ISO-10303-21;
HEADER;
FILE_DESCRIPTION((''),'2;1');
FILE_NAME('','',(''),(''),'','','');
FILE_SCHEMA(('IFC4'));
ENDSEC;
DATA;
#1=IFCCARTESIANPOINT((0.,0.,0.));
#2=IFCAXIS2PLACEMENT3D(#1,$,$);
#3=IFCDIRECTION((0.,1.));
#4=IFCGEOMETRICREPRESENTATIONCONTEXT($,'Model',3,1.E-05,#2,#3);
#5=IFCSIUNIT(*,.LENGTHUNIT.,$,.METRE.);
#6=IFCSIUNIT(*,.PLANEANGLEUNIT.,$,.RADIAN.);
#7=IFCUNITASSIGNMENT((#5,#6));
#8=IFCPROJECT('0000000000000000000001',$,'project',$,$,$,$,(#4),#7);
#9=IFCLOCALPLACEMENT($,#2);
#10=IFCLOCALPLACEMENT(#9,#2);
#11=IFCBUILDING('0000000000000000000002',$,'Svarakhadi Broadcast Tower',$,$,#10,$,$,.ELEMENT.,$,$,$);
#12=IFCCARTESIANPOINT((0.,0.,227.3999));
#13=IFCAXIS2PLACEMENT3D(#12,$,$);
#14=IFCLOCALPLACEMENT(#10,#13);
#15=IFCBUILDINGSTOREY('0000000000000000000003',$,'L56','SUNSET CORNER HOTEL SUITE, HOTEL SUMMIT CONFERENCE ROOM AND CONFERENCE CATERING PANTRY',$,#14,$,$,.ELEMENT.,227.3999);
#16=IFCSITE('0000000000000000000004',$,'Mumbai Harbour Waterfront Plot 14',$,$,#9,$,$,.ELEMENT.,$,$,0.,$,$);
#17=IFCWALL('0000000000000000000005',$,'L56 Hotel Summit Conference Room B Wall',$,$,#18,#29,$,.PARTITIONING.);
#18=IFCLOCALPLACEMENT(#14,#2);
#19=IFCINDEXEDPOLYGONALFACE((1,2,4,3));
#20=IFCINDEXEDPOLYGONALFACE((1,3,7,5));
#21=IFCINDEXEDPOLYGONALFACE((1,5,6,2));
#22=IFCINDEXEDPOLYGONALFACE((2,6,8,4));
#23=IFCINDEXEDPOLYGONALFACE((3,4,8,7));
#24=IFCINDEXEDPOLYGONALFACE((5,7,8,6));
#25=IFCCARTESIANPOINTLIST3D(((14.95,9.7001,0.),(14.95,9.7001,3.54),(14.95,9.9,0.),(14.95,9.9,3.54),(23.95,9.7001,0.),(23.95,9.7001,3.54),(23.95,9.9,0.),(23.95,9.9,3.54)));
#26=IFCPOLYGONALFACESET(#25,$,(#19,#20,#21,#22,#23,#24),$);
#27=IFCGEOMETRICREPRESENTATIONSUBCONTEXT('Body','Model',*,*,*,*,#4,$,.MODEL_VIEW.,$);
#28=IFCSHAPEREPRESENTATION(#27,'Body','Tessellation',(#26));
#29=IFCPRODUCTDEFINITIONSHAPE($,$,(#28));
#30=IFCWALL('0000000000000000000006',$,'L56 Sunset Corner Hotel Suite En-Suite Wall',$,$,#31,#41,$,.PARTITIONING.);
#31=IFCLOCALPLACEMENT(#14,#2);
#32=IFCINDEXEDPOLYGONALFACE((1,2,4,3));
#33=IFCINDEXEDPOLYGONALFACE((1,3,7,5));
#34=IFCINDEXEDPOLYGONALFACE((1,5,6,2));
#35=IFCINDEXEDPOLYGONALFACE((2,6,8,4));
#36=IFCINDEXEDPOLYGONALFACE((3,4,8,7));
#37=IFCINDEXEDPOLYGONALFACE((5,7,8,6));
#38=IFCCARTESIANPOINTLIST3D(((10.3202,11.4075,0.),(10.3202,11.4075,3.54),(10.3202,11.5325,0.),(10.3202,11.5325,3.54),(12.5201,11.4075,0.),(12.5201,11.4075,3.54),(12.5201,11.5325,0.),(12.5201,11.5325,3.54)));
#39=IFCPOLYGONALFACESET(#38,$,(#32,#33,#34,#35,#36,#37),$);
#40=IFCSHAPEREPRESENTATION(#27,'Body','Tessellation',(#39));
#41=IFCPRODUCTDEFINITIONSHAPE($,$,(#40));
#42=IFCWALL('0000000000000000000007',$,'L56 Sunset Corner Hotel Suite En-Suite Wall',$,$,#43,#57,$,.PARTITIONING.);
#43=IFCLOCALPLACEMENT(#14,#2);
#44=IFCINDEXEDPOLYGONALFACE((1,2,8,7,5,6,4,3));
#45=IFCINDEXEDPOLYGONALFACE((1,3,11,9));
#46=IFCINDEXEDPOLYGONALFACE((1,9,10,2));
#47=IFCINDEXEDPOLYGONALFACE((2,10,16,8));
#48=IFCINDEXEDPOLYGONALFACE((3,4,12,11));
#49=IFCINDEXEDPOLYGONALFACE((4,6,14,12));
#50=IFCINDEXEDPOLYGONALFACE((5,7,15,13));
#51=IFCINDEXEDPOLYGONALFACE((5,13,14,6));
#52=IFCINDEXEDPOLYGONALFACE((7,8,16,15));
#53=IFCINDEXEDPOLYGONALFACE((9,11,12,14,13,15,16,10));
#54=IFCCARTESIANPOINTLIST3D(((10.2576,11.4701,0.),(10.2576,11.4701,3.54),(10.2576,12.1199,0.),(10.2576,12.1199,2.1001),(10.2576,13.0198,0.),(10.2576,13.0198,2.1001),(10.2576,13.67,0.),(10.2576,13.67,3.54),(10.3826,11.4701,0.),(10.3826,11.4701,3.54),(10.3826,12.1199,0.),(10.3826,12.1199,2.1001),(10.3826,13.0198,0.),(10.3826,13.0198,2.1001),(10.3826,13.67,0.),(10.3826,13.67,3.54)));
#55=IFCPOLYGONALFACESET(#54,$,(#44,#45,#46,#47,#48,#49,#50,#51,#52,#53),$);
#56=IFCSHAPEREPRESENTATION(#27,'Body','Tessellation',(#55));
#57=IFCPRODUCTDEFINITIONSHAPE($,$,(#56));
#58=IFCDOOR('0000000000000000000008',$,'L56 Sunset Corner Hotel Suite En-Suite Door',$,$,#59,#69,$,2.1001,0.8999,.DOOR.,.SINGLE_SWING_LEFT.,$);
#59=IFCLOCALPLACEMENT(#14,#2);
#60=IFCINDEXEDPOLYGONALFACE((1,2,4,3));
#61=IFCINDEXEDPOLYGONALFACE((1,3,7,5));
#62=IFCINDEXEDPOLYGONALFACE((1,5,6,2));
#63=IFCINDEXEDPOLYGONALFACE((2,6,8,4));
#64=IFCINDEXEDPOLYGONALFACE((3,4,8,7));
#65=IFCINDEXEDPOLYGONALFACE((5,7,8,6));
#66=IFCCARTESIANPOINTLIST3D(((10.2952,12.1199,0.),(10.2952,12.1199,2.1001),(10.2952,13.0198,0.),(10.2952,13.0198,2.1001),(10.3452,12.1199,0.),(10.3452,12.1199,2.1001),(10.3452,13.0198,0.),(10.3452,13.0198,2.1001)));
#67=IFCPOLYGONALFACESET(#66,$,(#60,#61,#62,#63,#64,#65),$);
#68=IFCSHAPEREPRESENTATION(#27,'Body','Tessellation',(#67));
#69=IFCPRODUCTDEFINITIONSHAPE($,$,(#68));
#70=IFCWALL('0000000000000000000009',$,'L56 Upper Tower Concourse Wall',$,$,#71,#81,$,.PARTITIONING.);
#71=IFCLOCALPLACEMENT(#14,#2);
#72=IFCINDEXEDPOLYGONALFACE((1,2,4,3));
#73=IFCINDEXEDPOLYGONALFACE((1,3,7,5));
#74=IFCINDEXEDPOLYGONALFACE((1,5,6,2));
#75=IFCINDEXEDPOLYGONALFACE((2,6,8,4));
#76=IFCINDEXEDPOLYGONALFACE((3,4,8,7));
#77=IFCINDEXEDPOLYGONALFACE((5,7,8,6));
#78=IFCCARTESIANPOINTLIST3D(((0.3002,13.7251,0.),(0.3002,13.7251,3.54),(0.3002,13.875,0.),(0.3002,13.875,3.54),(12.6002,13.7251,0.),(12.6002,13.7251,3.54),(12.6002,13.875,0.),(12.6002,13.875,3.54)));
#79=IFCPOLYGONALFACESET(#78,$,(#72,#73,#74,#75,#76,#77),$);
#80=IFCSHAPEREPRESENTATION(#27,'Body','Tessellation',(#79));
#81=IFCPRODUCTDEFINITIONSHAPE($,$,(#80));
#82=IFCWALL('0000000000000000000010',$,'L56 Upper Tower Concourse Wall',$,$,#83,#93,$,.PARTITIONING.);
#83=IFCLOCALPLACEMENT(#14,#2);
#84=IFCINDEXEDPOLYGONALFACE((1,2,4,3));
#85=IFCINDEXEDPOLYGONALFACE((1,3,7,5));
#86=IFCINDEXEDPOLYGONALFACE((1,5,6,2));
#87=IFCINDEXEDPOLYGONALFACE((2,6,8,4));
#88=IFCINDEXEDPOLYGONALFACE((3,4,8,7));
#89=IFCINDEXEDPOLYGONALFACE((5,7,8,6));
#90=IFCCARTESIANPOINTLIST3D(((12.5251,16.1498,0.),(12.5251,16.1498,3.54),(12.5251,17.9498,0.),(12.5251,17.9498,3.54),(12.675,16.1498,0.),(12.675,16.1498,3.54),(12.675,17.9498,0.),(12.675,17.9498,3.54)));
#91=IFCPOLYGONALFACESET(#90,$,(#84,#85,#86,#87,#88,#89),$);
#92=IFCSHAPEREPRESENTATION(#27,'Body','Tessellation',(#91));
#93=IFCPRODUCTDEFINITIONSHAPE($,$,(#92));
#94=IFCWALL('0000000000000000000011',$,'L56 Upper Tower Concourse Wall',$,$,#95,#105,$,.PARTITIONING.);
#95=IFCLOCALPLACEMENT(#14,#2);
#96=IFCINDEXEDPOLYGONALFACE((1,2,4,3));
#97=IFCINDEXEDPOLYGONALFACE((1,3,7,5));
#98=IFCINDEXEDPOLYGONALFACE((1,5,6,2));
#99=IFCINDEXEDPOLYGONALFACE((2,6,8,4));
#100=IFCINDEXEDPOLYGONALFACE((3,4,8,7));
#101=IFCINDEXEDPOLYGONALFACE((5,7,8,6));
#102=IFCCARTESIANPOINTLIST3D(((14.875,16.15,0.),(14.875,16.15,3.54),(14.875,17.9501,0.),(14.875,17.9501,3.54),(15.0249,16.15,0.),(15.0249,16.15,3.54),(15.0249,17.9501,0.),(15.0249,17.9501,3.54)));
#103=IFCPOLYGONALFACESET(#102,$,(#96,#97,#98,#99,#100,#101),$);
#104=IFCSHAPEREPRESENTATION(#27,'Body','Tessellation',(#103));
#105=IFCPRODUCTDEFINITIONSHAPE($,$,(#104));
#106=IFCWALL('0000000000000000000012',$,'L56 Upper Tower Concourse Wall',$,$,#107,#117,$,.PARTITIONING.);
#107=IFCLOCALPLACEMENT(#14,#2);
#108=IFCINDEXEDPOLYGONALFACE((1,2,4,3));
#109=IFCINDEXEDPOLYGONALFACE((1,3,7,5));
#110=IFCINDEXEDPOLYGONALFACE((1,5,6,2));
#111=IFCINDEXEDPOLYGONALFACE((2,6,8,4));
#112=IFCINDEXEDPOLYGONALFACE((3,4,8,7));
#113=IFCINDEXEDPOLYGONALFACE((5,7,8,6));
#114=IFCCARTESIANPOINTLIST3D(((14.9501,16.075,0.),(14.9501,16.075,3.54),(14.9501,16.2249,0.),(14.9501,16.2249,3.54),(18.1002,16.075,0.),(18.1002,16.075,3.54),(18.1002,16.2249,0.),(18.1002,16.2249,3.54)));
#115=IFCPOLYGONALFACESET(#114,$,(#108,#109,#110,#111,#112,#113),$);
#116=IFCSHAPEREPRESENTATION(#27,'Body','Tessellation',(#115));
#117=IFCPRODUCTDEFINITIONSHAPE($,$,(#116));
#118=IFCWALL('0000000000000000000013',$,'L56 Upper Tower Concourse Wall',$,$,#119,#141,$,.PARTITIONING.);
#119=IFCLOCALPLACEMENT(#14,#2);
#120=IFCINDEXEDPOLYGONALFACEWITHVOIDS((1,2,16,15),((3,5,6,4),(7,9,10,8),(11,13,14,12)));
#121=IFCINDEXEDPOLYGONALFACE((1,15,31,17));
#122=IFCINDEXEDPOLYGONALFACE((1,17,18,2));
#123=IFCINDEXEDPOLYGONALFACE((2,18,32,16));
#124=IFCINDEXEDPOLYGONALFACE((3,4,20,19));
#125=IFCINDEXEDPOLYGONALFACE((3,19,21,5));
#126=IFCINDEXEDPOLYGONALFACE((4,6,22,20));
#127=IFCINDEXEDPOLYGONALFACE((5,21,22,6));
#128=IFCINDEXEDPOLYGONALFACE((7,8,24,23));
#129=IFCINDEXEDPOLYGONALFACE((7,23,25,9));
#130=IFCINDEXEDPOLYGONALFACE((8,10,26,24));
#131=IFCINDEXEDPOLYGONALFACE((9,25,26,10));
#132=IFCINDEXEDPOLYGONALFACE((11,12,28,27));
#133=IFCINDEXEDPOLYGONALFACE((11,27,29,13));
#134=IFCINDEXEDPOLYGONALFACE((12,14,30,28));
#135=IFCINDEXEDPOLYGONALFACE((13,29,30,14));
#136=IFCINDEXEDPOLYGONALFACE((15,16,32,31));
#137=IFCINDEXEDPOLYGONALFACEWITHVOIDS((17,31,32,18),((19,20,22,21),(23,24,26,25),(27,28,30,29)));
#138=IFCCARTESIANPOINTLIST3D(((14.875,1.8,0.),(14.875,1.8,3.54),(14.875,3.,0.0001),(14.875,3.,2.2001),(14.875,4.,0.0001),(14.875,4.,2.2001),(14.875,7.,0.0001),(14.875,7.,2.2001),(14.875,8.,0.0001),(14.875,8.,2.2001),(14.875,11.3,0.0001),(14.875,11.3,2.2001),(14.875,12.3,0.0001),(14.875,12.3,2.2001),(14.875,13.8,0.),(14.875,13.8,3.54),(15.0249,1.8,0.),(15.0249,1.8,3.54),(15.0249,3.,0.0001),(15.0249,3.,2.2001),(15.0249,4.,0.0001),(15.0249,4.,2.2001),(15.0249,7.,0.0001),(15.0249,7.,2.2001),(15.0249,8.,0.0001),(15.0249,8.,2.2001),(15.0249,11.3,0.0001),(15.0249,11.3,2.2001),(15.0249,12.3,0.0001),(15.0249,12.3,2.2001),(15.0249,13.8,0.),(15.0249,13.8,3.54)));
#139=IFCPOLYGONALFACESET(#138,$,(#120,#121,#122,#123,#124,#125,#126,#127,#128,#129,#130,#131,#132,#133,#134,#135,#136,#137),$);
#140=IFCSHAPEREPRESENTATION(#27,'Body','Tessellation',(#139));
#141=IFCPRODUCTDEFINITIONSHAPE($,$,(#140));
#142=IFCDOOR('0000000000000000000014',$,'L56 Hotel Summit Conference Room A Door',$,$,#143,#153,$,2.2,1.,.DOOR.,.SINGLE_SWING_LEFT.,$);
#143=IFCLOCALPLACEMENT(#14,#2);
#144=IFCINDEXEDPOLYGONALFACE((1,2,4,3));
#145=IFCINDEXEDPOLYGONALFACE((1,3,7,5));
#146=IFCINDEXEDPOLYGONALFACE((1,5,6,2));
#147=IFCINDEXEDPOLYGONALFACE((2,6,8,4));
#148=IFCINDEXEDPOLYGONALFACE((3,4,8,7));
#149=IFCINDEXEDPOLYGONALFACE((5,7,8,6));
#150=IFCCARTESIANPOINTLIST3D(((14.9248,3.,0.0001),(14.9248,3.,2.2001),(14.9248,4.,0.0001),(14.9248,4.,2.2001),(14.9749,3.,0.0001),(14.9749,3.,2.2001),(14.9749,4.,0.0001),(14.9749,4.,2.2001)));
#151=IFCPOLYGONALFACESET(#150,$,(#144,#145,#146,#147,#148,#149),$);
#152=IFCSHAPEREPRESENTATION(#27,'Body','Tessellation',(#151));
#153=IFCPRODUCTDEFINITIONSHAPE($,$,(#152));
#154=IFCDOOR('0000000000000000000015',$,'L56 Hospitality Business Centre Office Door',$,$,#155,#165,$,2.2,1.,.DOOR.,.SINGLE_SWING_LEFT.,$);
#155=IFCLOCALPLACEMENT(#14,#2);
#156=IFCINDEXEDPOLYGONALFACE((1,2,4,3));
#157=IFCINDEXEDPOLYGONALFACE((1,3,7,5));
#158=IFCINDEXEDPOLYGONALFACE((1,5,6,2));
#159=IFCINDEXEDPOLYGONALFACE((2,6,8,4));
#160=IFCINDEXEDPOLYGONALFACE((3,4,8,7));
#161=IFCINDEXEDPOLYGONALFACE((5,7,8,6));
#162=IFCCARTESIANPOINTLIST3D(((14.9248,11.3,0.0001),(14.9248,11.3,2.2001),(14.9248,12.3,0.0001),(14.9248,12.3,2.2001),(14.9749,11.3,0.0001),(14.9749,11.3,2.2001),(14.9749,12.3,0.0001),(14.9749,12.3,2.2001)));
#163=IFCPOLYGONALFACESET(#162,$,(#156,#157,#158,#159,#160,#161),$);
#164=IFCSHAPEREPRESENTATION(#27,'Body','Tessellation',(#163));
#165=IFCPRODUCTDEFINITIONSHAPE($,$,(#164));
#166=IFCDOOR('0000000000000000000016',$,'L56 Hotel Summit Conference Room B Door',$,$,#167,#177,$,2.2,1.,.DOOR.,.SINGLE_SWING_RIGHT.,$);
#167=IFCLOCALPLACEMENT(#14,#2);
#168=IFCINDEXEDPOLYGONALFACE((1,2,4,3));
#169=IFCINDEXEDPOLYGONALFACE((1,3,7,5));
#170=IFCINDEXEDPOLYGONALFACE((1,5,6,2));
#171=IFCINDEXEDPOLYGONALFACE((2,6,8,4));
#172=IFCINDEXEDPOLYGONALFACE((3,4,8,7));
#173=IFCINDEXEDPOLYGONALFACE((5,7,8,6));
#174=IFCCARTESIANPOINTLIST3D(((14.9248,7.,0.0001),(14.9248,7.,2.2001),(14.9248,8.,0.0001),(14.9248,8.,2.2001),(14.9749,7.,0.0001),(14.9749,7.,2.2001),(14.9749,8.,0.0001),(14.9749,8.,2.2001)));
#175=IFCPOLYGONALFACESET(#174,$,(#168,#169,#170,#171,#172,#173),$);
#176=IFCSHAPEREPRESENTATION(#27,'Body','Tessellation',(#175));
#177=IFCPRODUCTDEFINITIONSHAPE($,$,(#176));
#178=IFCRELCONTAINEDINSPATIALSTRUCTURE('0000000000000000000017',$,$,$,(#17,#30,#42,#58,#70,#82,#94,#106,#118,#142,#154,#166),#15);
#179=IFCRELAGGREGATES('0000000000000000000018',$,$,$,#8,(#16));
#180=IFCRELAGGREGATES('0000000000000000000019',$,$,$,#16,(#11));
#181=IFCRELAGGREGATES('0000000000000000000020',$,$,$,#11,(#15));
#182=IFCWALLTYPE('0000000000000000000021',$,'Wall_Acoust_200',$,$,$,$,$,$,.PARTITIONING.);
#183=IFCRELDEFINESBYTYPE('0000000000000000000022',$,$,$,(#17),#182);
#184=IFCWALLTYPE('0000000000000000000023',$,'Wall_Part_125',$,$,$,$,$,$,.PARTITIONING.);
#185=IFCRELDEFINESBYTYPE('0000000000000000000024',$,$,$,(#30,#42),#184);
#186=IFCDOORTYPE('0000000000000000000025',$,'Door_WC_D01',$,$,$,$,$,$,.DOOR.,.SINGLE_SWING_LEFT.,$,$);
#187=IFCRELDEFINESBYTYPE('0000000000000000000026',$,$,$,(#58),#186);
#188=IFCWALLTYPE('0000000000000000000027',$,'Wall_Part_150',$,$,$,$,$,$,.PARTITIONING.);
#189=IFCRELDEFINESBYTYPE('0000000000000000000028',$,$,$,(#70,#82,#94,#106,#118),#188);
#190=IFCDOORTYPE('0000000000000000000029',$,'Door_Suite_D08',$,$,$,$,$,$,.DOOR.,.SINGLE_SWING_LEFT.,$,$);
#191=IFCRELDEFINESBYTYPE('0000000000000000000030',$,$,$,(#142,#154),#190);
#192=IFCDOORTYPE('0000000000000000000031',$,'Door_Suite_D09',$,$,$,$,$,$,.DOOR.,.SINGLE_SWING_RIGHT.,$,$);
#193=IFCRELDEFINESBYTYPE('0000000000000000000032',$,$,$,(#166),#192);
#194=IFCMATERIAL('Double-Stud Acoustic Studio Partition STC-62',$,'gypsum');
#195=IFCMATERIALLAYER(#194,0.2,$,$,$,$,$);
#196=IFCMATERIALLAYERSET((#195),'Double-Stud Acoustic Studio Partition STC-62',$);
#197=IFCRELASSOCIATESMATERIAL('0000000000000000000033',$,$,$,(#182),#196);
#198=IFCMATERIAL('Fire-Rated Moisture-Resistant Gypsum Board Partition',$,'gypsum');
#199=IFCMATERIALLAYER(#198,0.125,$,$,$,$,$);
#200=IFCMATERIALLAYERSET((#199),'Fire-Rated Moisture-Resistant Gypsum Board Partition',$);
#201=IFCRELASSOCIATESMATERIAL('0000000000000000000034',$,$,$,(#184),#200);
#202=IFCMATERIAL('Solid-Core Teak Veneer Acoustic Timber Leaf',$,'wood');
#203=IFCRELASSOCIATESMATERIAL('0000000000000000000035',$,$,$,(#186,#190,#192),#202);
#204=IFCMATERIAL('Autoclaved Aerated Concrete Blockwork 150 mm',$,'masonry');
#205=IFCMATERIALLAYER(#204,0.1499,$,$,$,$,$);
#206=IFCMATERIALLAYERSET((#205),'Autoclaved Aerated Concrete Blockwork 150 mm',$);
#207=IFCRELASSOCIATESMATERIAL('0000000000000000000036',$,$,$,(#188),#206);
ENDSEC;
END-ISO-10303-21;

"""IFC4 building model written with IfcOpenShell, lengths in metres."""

from ifc_helpers import new_model, si_unit, direction, frame, frame_2d, origin, place, context, subcontext, project, spatial, rectangle, extrude, material, layer, layer_set, type_object, element, fill, save


model = new_model("IFC4")

# Units and contexts
model_context = context("Model", 3, precision=1e-05, world=origin(), true_north=direction((0.0, 1.0)))
body_context = subcontext(model_context, "Body", "Model", "MODEL_VIEW")
ifc_project = project(units=[si_unit("LENGTHUNIT", "METRE"), si_unit("PLANEANGLEUNIT", "RADIAN")], contexts=[model_context])

# Site, building, storey
site_placement = place(None, origin())
site = spatial("IfcSite", under=ifc_project, at=site_placement, Name="Mumbai Harbour Waterfront Plot 14", CompositionType="ELEMENT", RefElevation=0.0)
building_placement = place(site_placement, origin())
building = spatial("IfcBuilding", under=site, at=building_placement, Name="Svarakhadi Broadcast Tower", CompositionType="ELEMENT")
storey_placement = place(building_placement, frame((0.0, 0.0, 227.3999)))
storey = spatial("IfcBuildingStorey", under=building, at=storey_placement, Name="L56", Description="SUNSET CORNER HOTEL SUITE, HOTEL SUMMIT CONFERENCE ROOM AND CONFERENCE CATERING PANTRY", CompositionType="ELEMENT", Elevation=227.3999)

# Walls
ifc_material_1 = material(Name="Double-Stud Acoustic Studio Partition STC-62", Category="gypsum")
ifc_layer_1 = layer(ifc_material_1, 0.2)
ifc_layer_set_1 = layer_set([ifc_layer_1], Name="Double-Stud Acoustic Studio Partition STC-62")
wall_type_1 = type_object("IfcWallType", Name="Wall_Acoust_200", PredefinedType="PARTITIONING", material=ifc_layer_set_1)
wall_1_placement = place(storey_placement, frame((14.95, 9.8, 0.0), z_axis=(0.0, 0.0, 1.0), x_axis=(1.0, 0.0, 0.0)))
element("IfcWall", 1, at=wall_1_placement, inside=storey, type_object=wall_type_1, Name="L56 Hotel Summit Conference Room B Wall", PredefinedType="PARTITIONING", context=body_context, shape_type="SweptSolid", body=[
    extrude(rectangle(XDim=9.0, YDim=0.2, at=frame_2d((4.5, 0.0))), origin(), (0.0, 0.0, 1.0), 3.54),
])
ifc_material_2 = material(Name="Fire-Rated Moisture-Resistant Gypsum Board Partition", Category="gypsum")
ifc_layer_2 = layer(ifc_material_2, 0.125)
ifc_layer_set_2 = layer_set([ifc_layer_2], Name="Fire-Rated Moisture-Resistant Gypsum Board Partition")
wall_type_2 = type_object("IfcWallType", Name="Wall_Part_125", PredefinedType="PARTITIONING", material=ifc_layer_set_2)
wall_2_placement = place(storey_placement, frame((10.3201, 11.47, 0.0), z_axis=(0.0, 0.0, 1.0), x_axis=(1.0, 0.0, 0.0)))
element("IfcWall", 2, at=wall_2_placement, inside=storey, type_object=wall_type_2, Name="L56 Sunset Corner Hotel Suite En-Suite Wall", PredefinedType="PARTITIONING", context=body_context, shape_type="SweptSolid", body=[
    extrude(rectangle(XDim=2.2, YDim=0.125, at=frame_2d((1.1001, 0.0))), origin(), (0.0, 0.0, 1.0), 3.54),
])

# Wall, opening, door
wall_3_placement = place(storey_placement, frame((10.3201, 11.47, 0.0), z_axis=(0.0, 0.0, 1.0), x_axis=(0.0, 1.0, 0.0)))
wall_3 = element("IfcWall", 3, at=wall_3_placement, inside=storey, type_object=wall_type_2, Name="L56 Sunset Corner Hotel Suite En-Suite Wall", PredefinedType="PARTITIONING", context=body_context, shape_type="SweptSolid", body=[
    extrude(rectangle(XDim=2.2, YDim=0.125, at=frame_2d((1.1001, 0.0))), origin(), (0.0, 0.0, 1.0), 3.54),
])
opening_1_placement = place(wall_3_placement, frame((0.6499, 0.0, 0.0)))
opening_1 = element("IfcOpeningElement", 4, at=opening_1_placement, cuts=wall_3, PredefinedType="OPENING", context=body_context, shape_type="SweptSolid", body=[
    extrude(rectangle(XDim=0.8999, YDim=2.1001, at=frame_2d((0.45, 1.05))), frame((0.0, 0.0725, 0.0), z_axis=(0.0, -1.0, 0.0), x_axis=(1.0, 0.0, 0.0)), (0.0, 0.0, 1.0), 0.145),
])
ifc_material_3 = material(Name="Solid-Core Teak Veneer Acoustic Timber Leaf", Category="wood")
door_type_1 = type_object("IfcDoorType", Name="Door_WC_D01", OperationType="SINGLE_SWING_LEFT", PredefinedType="DOOR", material=ifc_material_3)
door_1_placement = place(opening_1_placement, origin())
door_1 = element("IfcDoor", 5, at=door_1_placement, inside=storey, type_object=door_type_1, Name="L56 Sunset Corner Hotel Suite En-Suite Door", OperationType="SINGLE_SWING_LEFT", OverallHeight=2.1001, OverallWidth=0.8999, PredefinedType="DOOR", context=body_context, shape_type="SweptSolid", body=[
    extrude(rectangle(XDim=0.8999, YDim=2.1001, at=frame_2d((0.45, 1.05))), frame((0.0, 0.0249, 0.0), z_axis=(0.0, -1.0, 0.0), x_axis=(1.0, 0.0, 0.0)), (0.0, 0.0, 1.0), 0.05),
])
fill(opening_1, door_1)

# Walls
ifc_material_4 = material(Name="Autoclaved Aerated Concrete Blockwork 150 mm", Category="masonry")
ifc_layer_3 = layer(ifc_material_4, 0.1499)
ifc_layer_set_3 = layer_set([ifc_layer_3], Name="Autoclaved Aerated Concrete Blockwork 150 mm")
wall_type_3 = type_object("IfcWallType", Name="Wall_Part_150", PredefinedType="PARTITIONING", material=ifc_layer_set_3)
wall_4_placement = place(storey_placement, frame((12.6001, 13.8, 0.0), z_axis=(0.0, 0.0, 1.0), x_axis=(-1.0, 0.0, 0.0)))
element("IfcWall", 6, at=wall_4_placement, inside=storey, type_object=wall_type_3, Name="L56 Upper Tower Concourse Wall", PredefinedType="PARTITIONING", context=body_context, shape_type="SweptSolid", body=[
    extrude(rectangle(XDim=12.3, YDim=0.1499, at=frame_2d((6.1499, 0.0))), origin(), (0.0, 0.0, 1.0), 3.54),
])
for number, where, z_axis, x_axis, name in (
    (7, (12.6001, 16.1499, 0.0), (0.0, 0.0, 1.0), (0.0, 1.0, 0.0), "L56 Upper Tower Concourse Wall"),
    (8, (14.95, 17.95, 0.0), (0.0, 0.0, 1.0), (0.0, -1.0, 0.0), "L56 Upper Tower Concourse Wall"),
):
    element("IfcWall", number, at=place(storey_placement, frame(where, z_axis=z_axis, x_axis=x_axis)), inside=storey, type_object=wall_type_3, Name=name, PredefinedType="PARTITIONING", context=body_context, shape_type="SweptSolid", body=[
        extrude(rectangle(XDim=1.8, YDim=0.1499, at=frame_2d((0.8999, 0.0))), origin(), (0.0, 0.0, 1.0), 3.54),
    ])
wall_5_placement = place(storey_placement, frame((14.95, 16.1499, 0.0), z_axis=(0.0, 0.0, 1.0), x_axis=(1.0, 0.0, 0.0)))
element("IfcWall", 9, at=wall_5_placement, inside=storey, type_object=wall_type_3, Name="L56 Upper Tower Concourse Wall", PredefinedType="PARTITIONING", context=body_context, shape_type="SweptSolid", body=[
    extrude(rectangle(XDim=3.1501, YDim=0.1499, at=frame_2d((1.5752, 0.0))), origin(), (0.0, 0.0, 1.0), 3.54),
])

# Wall, openings, doors
wall_6_placement = place(storey_placement, frame((14.95, 13.8, 0.0), z_axis=(0.0, 0.0, 1.0), x_axis=(0.0, -1.0, 0.0)))
wall_6 = element("IfcWall", 10, at=wall_6_placement, inside=storey, type_object=wall_type_3, Name="L56 Upper Tower Concourse Wall", PredefinedType="PARTITIONING", context=body_context, shape_type="SweptSolid", body=[
    extrude(rectangle(XDim=12.0, YDim=0.1499, at=frame_2d((6.0, 0.0))), origin(), (0.0, 0.0, 1.0), 3.54),
])
opening_2_placement = place(wall_6_placement, frame((9.8, 0.0, 0.0)))
opening_2 = element("IfcOpeningElement", 11, at=opening_2_placement, cuts=wall_6, PredefinedType="OPENING", context=body_context, shape_type="SweptSolid", body=[
    extrude(rectangle(XDim=1.0, YDim=2.2, at=frame_2d((0.5, 1.1001))), frame((0.0, 0.085, 0.0), z_axis=(0.0, -1.0, 0.0), x_axis=(1.0, 0.0, 0.0)), (0.0, 0.0, 1.0), 0.1699),
])
opening_3_placement = place(wall_6_placement, frame((5.8, 0.0, 0.0)))
opening_3 = element("IfcOpeningElement", 12, at=opening_3_placement, cuts=wall_6, PredefinedType="OPENING", context=body_context, shape_type="SweptSolid", body=[
    extrude(rectangle(XDim=1.0, YDim=2.2, at=frame_2d((0.5, 1.1001))), frame((0.0, 0.085, 0.0), z_axis=(0.0, -1.0, 0.0), x_axis=(1.0, 0.0, 0.0)), (0.0, 0.0, 1.0), 0.1699),
])
opening_4_placement = place(wall_6_placement, frame((1.5, 0.0, 0.0)))
opening_4 = element("IfcOpeningElement", 13, at=opening_4_placement, cuts=wall_6, PredefinedType="OPENING", context=body_context, shape_type="SweptSolid", body=[
    extrude(rectangle(XDim=1.0, YDim=2.2, at=frame_2d((0.5, 1.1001))), frame((0.0, 0.085, 0.0), z_axis=(0.0, -1.0, 0.0), x_axis=(1.0, 0.0, 0.0)), (0.0, 0.0, 1.0), 0.1699),
])
door_type_2 = type_object("IfcDoorType", Name="Door_Suite_D08", OperationType="SINGLE_SWING_LEFT", PredefinedType="DOOR", material=ifc_material_3)
door_2_placement = place(opening_2_placement, origin())
door_2 = element("IfcDoor", 14, at=door_2_placement, inside=storey, type_object=door_type_2, Name="L56 Hotel Summit Conference Room A Door", OperationType="SINGLE_SWING_LEFT", OverallHeight=2.2, OverallWidth=1.0, PredefinedType="DOOR", context=body_context, shape_type="SweptSolid", body=[
    extrude(rectangle(XDim=1.0, YDim=2.2, at=frame_2d((0.5, 1.1001))), frame((0.0, 0.0249, 0.0), z_axis=(0.0, -1.0, 0.0), x_axis=(1.0, 0.0, 0.0)), (0.0, 0.0, 1.0), 0.05),
])
fill(opening_2, door_2)
door_3_placement = place(opening_4_placement, origin())
door_3 = element("IfcDoor", 15, at=door_3_placement, inside=storey, type_object=door_type_2, Name="L56 Hospitality Business Centre Office Door", OperationType="SINGLE_SWING_LEFT", OverallHeight=2.2, OverallWidth=1.0, PredefinedType="DOOR", context=body_context, shape_type="SweptSolid", body=[
    extrude(rectangle(XDim=1.0, YDim=2.2, at=frame_2d((0.5, 1.1001))), frame((0.0, 0.0249, 0.0), z_axis=(0.0, -1.0, 0.0), x_axis=(1.0, 0.0, 0.0)), (0.0, 0.0, 1.0), 0.05),
])
fill(opening_4, door_3)
door_type_3 = type_object("IfcDoorType", Name="Door_Suite_D09", OperationType="SINGLE_SWING_RIGHT", PredefinedType="DOOR", material=ifc_material_3)
door_4_placement = place(opening_3_placement, origin())
door_4 = element("IfcDoor", 16, at=door_4_placement, inside=storey, type_object=door_type_3, Name="L56 Hotel Summit Conference Room B Door", OperationType="SINGLE_SWING_RIGHT", OverallHeight=2.2, OverallWidth=1.0, PredefinedType="DOOR", context=body_context, shape_type="SweptSolid", body=[
    extrude(rectangle(XDim=1.0, YDim=2.2, at=frame_2d((0.5, 1.1001))), frame((0.0, 0.0249, 0.0), z_axis=(0.0, -1.0, 0.0), x_axis=(1.0, 0.0, 0.0)), (0.0, 0.0, 1.0), 0.05),
])
fill(opening_3, door_4)

save(model, "model.ifc")
